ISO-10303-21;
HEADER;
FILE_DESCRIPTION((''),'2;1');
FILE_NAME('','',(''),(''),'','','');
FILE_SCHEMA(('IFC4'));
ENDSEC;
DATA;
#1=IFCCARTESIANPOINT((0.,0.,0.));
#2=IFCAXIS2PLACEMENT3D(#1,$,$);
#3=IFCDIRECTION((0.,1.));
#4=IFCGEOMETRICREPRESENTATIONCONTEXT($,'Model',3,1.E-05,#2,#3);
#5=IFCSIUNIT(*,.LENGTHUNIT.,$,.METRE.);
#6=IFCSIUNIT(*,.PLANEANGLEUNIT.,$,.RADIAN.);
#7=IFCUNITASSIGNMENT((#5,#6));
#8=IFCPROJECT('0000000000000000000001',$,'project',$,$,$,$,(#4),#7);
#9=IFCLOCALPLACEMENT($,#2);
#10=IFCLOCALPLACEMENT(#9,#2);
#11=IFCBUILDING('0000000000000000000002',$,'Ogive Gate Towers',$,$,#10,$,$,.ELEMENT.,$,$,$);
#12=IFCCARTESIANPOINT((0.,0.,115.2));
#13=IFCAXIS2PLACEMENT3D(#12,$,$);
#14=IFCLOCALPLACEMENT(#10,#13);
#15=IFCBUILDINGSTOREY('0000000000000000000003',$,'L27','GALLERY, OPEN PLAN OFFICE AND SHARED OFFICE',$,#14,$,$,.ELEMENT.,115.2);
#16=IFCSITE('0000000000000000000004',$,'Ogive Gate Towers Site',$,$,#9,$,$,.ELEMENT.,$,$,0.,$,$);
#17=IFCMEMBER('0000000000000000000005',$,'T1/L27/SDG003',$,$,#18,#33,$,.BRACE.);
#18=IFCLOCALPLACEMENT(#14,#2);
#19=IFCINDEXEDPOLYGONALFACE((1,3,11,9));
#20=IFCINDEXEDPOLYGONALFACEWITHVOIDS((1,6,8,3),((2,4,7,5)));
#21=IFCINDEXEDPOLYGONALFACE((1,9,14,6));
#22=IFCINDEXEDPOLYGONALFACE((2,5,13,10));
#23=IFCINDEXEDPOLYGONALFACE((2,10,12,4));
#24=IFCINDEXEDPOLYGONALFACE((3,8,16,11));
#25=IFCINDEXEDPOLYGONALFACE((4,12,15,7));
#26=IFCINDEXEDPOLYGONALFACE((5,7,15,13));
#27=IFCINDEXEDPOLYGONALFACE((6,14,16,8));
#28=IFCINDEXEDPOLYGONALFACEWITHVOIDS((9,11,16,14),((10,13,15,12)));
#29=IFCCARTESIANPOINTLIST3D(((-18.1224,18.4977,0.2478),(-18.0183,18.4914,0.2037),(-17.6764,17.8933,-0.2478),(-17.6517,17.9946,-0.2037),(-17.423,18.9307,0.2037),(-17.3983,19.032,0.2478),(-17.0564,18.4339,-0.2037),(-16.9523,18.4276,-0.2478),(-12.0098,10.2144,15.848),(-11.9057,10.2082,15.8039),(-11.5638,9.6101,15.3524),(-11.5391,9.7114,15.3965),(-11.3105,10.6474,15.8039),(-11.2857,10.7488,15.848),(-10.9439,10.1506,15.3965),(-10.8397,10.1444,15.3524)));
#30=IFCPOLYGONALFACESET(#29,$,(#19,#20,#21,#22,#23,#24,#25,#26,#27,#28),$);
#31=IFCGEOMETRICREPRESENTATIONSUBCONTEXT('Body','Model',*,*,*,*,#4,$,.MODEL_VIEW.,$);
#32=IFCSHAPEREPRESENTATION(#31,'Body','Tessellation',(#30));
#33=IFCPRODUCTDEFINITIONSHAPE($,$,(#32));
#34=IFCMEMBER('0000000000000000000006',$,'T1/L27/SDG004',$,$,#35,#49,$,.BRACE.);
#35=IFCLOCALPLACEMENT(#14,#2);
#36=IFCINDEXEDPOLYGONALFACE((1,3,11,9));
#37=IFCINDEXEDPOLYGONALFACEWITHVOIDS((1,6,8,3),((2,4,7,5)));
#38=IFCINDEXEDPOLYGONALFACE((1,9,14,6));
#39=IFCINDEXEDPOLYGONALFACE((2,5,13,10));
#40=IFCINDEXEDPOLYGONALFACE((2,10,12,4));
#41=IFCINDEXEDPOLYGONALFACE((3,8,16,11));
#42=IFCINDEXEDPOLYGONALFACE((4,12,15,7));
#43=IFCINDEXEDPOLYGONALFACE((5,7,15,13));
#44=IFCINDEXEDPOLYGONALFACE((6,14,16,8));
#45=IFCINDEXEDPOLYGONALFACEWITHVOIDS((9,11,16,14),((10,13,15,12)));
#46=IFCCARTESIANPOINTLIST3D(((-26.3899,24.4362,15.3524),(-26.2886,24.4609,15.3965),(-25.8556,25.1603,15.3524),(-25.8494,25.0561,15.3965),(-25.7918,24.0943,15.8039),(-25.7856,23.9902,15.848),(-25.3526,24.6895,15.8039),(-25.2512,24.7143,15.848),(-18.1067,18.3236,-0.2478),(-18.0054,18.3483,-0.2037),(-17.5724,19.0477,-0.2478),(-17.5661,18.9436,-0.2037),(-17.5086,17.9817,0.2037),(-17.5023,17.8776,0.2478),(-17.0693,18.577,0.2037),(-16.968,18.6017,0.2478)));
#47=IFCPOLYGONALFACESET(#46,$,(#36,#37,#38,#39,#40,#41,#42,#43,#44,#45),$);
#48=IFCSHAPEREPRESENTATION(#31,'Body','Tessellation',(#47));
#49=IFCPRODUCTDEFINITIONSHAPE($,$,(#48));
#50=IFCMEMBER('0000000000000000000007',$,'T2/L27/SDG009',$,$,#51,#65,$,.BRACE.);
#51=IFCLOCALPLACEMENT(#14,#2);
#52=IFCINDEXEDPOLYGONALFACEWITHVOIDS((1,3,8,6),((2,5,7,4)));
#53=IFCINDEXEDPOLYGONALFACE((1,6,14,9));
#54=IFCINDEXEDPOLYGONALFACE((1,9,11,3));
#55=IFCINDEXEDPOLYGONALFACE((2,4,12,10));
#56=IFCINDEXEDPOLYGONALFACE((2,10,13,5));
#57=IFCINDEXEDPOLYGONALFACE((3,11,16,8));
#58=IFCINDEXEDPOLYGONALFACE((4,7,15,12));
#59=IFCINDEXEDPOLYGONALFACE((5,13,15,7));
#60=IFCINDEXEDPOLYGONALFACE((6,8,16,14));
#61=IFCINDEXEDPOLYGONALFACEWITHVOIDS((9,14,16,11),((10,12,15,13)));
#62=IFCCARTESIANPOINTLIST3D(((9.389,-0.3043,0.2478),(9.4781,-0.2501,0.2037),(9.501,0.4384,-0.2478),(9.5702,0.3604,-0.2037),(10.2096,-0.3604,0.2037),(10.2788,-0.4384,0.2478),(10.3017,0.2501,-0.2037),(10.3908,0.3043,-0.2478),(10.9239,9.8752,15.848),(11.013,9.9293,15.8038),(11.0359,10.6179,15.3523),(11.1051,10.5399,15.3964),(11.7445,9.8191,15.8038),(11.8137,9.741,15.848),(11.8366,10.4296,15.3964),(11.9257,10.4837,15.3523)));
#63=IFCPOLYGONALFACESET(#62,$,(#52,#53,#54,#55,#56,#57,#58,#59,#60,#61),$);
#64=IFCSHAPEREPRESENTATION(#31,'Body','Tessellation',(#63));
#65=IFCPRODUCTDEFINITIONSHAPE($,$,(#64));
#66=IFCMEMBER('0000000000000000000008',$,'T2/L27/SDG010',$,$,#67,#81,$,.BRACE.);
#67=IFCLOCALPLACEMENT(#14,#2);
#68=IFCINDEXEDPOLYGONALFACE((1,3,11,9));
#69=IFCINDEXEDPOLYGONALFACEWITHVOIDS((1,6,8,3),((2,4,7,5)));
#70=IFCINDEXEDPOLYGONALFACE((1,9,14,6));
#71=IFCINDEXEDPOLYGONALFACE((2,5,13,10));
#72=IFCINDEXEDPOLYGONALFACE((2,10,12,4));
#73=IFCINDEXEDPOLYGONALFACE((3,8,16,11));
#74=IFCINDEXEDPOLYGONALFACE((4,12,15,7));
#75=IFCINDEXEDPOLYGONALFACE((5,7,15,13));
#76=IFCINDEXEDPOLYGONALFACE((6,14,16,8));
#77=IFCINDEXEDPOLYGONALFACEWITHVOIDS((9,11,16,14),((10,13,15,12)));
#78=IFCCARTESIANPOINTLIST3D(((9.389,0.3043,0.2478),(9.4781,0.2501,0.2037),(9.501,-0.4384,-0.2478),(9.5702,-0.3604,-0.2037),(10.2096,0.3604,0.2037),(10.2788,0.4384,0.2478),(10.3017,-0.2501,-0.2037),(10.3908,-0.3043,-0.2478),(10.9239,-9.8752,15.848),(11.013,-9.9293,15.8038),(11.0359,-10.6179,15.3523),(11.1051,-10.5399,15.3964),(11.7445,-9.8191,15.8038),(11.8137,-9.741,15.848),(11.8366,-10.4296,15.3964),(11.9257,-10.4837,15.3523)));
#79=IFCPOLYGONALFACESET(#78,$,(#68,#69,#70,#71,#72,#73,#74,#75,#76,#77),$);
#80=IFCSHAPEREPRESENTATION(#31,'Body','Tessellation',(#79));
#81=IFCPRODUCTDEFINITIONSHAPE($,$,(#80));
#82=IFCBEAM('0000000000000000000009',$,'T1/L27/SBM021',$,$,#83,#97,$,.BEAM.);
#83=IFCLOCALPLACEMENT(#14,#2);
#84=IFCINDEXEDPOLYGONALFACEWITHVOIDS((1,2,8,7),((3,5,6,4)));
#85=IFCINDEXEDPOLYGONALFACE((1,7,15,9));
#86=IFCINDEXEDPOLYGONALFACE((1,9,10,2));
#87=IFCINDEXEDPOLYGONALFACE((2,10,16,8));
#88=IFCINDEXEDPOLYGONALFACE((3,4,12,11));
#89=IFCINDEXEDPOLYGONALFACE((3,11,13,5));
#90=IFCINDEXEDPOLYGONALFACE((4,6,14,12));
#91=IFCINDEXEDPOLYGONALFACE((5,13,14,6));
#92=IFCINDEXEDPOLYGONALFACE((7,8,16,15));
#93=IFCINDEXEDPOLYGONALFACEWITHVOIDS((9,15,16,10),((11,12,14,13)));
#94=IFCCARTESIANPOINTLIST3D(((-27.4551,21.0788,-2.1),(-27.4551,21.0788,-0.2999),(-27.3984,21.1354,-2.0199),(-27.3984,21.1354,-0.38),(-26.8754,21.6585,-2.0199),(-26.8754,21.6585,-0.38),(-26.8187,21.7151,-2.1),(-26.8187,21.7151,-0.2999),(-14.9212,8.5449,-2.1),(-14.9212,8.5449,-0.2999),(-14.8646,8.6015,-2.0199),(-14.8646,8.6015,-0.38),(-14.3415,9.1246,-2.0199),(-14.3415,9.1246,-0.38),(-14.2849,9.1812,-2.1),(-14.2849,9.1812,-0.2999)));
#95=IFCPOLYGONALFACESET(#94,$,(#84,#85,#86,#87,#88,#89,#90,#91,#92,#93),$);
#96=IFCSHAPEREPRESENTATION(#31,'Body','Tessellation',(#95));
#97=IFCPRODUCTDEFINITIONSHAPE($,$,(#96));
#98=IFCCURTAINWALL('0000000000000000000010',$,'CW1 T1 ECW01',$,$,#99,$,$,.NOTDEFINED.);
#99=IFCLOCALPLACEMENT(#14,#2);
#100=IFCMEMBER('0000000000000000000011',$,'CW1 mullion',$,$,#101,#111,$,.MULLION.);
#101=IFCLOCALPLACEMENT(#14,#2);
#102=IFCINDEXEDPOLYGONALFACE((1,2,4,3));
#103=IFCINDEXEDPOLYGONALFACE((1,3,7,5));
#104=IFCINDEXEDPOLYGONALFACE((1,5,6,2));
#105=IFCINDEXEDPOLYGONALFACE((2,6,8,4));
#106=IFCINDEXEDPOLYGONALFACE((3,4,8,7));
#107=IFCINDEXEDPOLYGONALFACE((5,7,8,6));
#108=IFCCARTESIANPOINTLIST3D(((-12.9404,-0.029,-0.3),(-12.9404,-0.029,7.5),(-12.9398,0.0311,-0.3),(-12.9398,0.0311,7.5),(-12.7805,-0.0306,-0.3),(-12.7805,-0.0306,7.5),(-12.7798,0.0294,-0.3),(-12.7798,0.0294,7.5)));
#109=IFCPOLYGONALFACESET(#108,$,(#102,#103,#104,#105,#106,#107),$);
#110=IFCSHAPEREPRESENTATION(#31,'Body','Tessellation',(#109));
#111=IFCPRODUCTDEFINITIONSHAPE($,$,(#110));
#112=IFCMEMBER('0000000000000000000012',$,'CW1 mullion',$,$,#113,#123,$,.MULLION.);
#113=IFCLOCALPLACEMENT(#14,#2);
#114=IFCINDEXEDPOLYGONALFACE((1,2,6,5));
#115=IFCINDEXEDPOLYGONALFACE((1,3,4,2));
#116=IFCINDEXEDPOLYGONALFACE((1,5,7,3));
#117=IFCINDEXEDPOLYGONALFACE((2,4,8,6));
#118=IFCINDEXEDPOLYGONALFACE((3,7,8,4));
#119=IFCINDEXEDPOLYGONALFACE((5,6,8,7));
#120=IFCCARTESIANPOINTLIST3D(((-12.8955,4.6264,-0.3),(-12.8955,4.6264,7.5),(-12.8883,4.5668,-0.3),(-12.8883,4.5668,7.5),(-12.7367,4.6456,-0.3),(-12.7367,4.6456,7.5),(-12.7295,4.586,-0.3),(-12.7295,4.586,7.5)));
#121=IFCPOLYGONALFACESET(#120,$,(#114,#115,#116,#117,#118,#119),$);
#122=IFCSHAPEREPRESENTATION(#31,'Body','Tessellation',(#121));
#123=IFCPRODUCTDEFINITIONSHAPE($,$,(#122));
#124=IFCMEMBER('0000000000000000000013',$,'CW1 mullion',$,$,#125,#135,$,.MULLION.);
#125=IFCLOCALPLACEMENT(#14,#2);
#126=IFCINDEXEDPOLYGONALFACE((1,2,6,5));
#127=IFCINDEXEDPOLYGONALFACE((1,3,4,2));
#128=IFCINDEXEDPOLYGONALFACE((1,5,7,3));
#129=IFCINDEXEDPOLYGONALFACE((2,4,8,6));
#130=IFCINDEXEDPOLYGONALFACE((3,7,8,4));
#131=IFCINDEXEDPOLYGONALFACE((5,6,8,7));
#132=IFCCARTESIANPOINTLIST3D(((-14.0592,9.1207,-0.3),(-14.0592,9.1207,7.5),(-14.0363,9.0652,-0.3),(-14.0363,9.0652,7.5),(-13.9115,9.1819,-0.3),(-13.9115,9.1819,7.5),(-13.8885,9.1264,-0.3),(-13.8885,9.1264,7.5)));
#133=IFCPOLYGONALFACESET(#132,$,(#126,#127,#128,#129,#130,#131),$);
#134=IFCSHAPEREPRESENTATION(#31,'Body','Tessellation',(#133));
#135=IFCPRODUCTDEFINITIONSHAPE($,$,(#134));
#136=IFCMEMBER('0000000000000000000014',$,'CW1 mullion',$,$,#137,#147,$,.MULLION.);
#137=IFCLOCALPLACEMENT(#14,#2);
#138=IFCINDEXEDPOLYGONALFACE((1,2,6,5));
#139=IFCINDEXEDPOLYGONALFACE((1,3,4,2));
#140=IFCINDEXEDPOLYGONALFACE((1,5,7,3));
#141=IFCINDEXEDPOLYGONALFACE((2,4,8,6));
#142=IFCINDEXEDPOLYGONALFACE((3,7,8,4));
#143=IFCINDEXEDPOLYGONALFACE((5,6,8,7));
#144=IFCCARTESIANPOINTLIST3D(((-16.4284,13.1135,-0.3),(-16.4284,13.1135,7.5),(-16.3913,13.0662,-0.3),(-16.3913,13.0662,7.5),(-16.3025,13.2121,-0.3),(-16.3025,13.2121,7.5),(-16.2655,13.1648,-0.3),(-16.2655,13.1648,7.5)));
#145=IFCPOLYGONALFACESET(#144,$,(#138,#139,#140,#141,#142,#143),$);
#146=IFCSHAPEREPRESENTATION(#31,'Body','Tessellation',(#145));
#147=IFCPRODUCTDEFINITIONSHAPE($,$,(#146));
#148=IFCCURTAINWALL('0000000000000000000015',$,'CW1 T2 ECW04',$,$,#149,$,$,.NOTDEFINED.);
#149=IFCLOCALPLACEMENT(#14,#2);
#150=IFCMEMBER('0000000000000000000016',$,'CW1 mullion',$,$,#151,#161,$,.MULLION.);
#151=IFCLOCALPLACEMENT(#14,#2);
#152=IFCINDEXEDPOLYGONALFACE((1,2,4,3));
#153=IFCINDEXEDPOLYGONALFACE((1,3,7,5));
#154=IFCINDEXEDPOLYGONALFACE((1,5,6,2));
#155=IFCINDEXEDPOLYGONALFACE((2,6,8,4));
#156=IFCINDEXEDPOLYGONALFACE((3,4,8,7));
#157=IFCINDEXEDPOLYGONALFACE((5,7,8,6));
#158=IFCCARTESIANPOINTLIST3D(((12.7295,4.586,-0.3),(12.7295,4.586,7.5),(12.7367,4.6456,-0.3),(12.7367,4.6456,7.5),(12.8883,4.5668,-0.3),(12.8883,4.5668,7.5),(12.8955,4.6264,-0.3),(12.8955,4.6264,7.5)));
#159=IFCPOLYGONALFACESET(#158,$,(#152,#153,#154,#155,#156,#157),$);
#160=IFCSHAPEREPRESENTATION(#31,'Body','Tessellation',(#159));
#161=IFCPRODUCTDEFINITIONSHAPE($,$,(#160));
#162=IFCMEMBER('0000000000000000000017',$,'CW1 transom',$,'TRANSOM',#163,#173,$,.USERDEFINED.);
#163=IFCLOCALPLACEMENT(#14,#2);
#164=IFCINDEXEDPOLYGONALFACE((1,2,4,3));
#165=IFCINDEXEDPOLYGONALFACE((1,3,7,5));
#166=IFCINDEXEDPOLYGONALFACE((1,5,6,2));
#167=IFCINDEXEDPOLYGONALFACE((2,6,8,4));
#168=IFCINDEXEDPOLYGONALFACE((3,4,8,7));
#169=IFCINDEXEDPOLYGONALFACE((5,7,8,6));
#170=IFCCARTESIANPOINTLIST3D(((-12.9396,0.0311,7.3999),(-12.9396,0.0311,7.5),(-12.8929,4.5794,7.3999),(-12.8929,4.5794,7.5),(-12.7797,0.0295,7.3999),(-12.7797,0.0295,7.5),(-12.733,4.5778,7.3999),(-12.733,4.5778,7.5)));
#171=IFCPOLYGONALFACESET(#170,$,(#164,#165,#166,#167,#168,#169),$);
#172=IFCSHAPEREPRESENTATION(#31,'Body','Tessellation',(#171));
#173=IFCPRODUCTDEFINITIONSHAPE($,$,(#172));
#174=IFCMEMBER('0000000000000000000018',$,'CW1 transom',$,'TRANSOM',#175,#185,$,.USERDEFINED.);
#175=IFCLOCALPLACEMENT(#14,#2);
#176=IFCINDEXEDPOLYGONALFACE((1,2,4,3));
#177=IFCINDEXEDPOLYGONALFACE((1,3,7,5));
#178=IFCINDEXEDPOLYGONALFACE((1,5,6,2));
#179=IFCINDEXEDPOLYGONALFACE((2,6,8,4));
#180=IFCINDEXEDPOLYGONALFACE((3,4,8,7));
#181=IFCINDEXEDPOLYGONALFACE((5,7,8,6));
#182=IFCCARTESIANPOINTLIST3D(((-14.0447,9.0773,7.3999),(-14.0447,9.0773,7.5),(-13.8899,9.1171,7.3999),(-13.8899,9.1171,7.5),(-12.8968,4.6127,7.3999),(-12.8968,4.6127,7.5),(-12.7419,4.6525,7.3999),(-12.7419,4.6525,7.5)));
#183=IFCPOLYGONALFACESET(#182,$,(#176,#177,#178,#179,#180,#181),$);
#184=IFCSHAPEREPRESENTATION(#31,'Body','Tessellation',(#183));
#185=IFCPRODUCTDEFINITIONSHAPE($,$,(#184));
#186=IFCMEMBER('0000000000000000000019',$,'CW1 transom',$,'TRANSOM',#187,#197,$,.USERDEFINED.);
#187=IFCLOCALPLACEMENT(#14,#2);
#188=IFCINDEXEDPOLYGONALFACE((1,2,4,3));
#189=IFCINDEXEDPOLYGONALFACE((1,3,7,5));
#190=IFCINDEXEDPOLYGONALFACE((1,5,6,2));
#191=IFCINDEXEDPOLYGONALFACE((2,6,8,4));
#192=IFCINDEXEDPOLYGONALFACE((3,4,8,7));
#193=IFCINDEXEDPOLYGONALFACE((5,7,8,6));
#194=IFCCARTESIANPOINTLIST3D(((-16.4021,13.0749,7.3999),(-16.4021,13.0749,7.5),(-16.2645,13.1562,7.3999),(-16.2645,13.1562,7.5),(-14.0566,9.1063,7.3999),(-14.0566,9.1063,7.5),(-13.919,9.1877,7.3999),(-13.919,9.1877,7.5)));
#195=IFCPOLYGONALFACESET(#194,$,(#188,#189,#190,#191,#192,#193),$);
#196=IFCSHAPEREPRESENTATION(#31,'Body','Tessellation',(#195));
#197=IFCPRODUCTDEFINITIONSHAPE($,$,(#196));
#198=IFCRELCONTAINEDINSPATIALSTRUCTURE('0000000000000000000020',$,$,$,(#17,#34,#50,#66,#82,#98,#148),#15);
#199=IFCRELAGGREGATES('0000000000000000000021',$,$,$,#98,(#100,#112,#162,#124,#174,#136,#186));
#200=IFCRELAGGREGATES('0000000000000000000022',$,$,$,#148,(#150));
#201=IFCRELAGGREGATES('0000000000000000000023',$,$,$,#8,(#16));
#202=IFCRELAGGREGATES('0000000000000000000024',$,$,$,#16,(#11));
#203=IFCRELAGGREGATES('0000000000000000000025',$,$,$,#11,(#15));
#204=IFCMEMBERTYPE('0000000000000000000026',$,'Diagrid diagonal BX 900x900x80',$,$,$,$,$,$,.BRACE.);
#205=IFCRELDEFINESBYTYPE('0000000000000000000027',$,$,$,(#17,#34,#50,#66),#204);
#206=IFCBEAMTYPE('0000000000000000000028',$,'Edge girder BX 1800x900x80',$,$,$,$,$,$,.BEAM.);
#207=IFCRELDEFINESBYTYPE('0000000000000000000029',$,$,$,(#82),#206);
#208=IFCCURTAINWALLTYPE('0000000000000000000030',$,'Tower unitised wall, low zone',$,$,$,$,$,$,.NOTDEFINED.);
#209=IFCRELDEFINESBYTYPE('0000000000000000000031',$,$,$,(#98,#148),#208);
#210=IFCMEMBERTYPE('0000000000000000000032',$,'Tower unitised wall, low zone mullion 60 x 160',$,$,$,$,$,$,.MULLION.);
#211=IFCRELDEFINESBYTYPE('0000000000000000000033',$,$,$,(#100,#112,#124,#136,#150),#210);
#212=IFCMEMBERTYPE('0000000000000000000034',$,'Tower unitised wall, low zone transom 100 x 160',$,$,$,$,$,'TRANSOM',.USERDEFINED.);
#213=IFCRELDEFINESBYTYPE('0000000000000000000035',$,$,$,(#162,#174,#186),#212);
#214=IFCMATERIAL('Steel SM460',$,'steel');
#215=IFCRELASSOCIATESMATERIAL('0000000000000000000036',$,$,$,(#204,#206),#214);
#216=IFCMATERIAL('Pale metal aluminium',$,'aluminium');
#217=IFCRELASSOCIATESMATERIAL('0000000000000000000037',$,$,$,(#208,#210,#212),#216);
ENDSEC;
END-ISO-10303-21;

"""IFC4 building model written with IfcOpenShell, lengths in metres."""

from ifc_helpers import new_model, si_unit, direction, frame, origin, origin_2d, place, context, subcontext, project, spatial, rectangle, hollow_rectangle, extrude, material, material_profile, profile_set, type_object, element, aggregate, save


model = new_model("IFC4")

# Units and contexts
model_context = context("Model", 3, precision=1e-05, world=origin(), true_north=direction((0.0, 1.0)))
body_context = subcontext(model_context, "Body", "Model", "MODEL_VIEW")
ifc_project = project(units=[si_unit("LENGTHUNIT", "METRE"), si_unit("PLANEANGLEUNIT", "RADIAN")], contexts=[model_context])

# Site, building, storey
site_placement = place(None, origin())
site = spatial("IfcSite", under=ifc_project, at=site_placement, Name="Ogive Gate Towers Site", CompositionType="ELEMENT", RefElevation=0.0)
building_placement = place(site_placement, origin())
building = spatial("IfcBuilding", under=site, at=building_placement, Name="Ogive Gate Towers", CompositionType="ELEMENT")
storey_placement = place(building_placement, frame((0.0, 0.0, 115.2)))
storey = spatial("IfcBuildingStorey", under=building, at=storey_placement, Name="L27", Description="GALLERY, OPEN PLAN OFFICE AND SHARED OFFICE", CompositionType="ELEMENT", Elevation=115.2)

# Members
ifc_material_1 = material(Name="Steel SM460", Category="steel")
ifc_material_profile_1 = material_profile(ifc_material_1, hollow_rectangle(XDim=0.8999, YDim=0.8999, WallThickness=0.0801, at=origin_2d()), Name="BX 900x900x80")
ifc_profile_set_1 = profile_set([ifc_material_profile_1], Name="Steel SM460")
member_type_1 = type_object("IfcMemberType", Name="Diagrid diagonal BX 900x900x80", PredefinedType="BRACE", material=ifc_profile_set_1)
for number, where, z_axis, x_axis, name in (
    (1, (-17.5374, 18.4626, 0.0), (0.327039, -0.443175, 0.83465), (0.804632, 0.593774, 0.0), "T1/L27/SDG003"),
    (2, (-17.5374, 18.4626, 0.0), (-0.443175, 0.327039, 0.83465), (-0.593774, -0.804632, 0.0), "T1/L27/SDG004"),
    (3, (9.8899, 0.0, 0.0), (0.082122, 0.544628, 0.834648), (-0.988822, 0.1491, 0.0), "T2/L27/SDG009"),
    (4, (9.8899, 0.0, 0.0), (0.082122, -0.544628, 0.834648), (0.988822, 0.1491, 0.0), "T2/L27/SDG010"),
):
    element("IfcMember", number, at=place(storey_placement, frame(where, z_axis=z_axis, x_axis=x_axis)), inside=storey, type_object=member_type_1, Name=name, PredefinedType="BRACE", context=body_context, shape_type="SweptSolid", body=[
        extrude(hollow_rectangle(XDim=0.8999, YDim=0.8999, WallThickness=0.0801, at=origin_2d()), origin(), (0.0, 0.0, 1.0), 18.6907),
    ])

# Beam
ifc_material_profile_2 = material_profile(ifc_material_1, hollow_rectangle(XDim=0.8999, YDim=1.8, WallThickness=0.0801, at=origin_2d()), Name="BX 1800x900x80")
ifc_profile_set_2 = profile_set([ifc_material_profile_2], Name="Steel SM460")
beam_type = type_object("IfcBeamType", Name="Edge girder BX 1800x900x80", PredefinedType="BEAM", material=ifc_profile_set_2)
beam_placement = place(storey_placement, frame((-14.603, 8.863, -1.2), z_axis=(-0.707107, 0.707107, 0.0), x_axis=(-0.707107, -0.707107, 0.0)))
element("IfcBeam", 5, at=beam_placement, inside=storey, type_object=beam_type, Name="T1/L27/SBM021", PredefinedType="BEAM", context=body_context, shape_type="SweptSolid", body=[
    extrude(hollow_rectangle(XDim=0.8999, YDim=1.8, WallThickness=0.0801, at=origin_2d()), origin(), (0.0, 0.0, 1.0), 17.7256),
])

# Curtain wall, members
ifc_material_2 = material(Name="Pale metal aluminium", Category="aluminium")
curtain_wall_type = type_object("IfcCurtainWallType", Name="Tower unitised wall, low zone", PredefinedType="NOTDEFINED", material=ifc_material_2)
curtain_wall_1_placement = place(storey_placement, origin())
curtain_wall_1 = element("IfcCurtainWall", 6, at=curtain_wall_1_placement, inside=storey, type_object=curtain_wall_type, Name="CW1 T1 ECW01", PredefinedType="NOTDEFINED")
ifc_material_profile_3 = material_profile(ifc_material_2, rectangle(XDim=0.1599, YDim=0.0601, at=origin_2d()), Name="60 x 160 aluminium box")
ifc_profile_set_3 = profile_set([ifc_material_profile_3], Name="Pale metal aluminium")
member_type_2 = type_object("IfcMemberType", Name="Tower unitised wall, low zone mullion 60 x 160", PredefinedType="MULLION", material=ifc_profile_set_3)
member_1_placement = place(storey_placement, frame((-12.8601, 0.0002, -0.3), z_axis=(0.0, 0.0, 1.0), x_axis=(0.999947, -0.01028, 0.0)))
member_1 = element("IfcMember", 7, at=member_1_placement, type_object=member_type_2, Name="CW1 mullion", PredefinedType="MULLION", context=body_context, shape_type="SweptSolid", body=[
    extrude(rectangle(XDim=0.1599, YDim=0.0601, at=origin_2d()), origin(), (0.0, 0.0, 1.0), 7.8),
])
member_2_placement = place(storey_placement, frame((-12.8125, 4.6062, -0.3), z_axis=(0.0, 0.0, 1.0), x_axis=(0.992728, 0.120379, 0.0)))
member_2 = element("IfcMember", 8, at=member_2_placement, type_object=member_type_2, Name="CW1 mullion", PredefinedType="MULLION", context=body_context, shape_type="SweptSolid", body=[
    extrude(rectangle(XDim=0.1599, YDim=0.0601, at=origin_2d()), origin(), (0.0, 0.0, 1.0), 7.8),
])
member_3_placement = place(storey_placement, frame((-13.9739, 9.1235, -0.3), z_axis=(0.0, 0.0, 1.0), x_axis=(0.92388, 0.382683, 0.0)))
member_3 = element("IfcMember", 9, at=member_3_placement, type_object=member_type_2, Name="CW1 mullion", PredefinedType="MULLION", context=body_context, shape_type="SweptSolid", body=[
    extrude(rectangle(XDim=0.1599, YDim=0.0601, at=origin_2d()), origin(), (0.0, 0.0, 1.0), 7.8),
])
member_4_placement = place(storey_placement, frame((-16.3469, 13.1392, -0.3), z_axis=(0.0, 0.0, 1.0), x_axis=(0.787086, 0.616844, 0.0)))
member_4 = element("IfcMember", 10, at=member_4_placement, type_object=member_type_2, Name="CW1 mullion", PredefinedType="MULLION", context=body_context, shape_type="SweptSolid", body=[
    extrude(rectangle(XDim=0.1599, YDim=0.0601, at=origin_2d()), origin(), (0.0, 0.0, 1.0), 7.8),
])

# Curtain wall, member
curtain_wall_2_placement = place(storey_placement, origin())
curtain_wall_2 = element("IfcCurtainWall", 11, at=curtain_wall_2_placement, inside=storey, type_object=curtain_wall_type, Name="CW1 T2 ECW04", PredefinedType="NOTDEFINED")
member_5_placement = place(storey_placement, frame((12.8125, 4.6062, -0.3), z_axis=(0.0, 0.0, 1.0), x_axis=(-0.992728, 0.120379, 0.0)))
member_5 = element("IfcMember", 12, at=member_5_placement, type_object=member_type_2, Name="CW1 mullion", PredefinedType="MULLION", context=body_context, shape_type="SweptSolid", body=[
    extrude(rectangle(XDim=0.1599, YDim=0.0601, at=origin_2d()), origin(), (0.0, 0.0, 1.0), 7.8),
])

# Members
ifc_material_profile_4 = material_profile(ifc_material_2, rectangle(XDim=0.1599, YDim=0.1001, at=origin_2d()), Name="100 x 160 aluminium box")
ifc_profile_set_4 = profile_set([ifc_material_profile_4], Name="Pale metal aluminium")
member_type_3 = type_object("IfcMemberType", Name="Tower unitised wall, low zone transom 100 x 160", ElementType="TRANSOM", PredefinedType="USERDEFINED", material=ifc_profile_set_4)
member_6_placement = place(storey_placement, frame((-12.8596, 0.0303, 7.45), z_axis=(0.010252, 0.999947, 0.0), x_axis=(-0.999947, 0.010252, 0.0)))
member_6 = element("IfcMember", 13, at=member_6_placement, type_object=member_type_3, Name="CW1 transom", ObjectType="TRANSOM", PredefinedType="USERDEFINED", context=body_context, shape_type="SweptSolid", body=[
    extrude(rectangle(XDim=0.1599, YDim=0.1001, at=origin_2d()), origin(), (0.0, 0.0, 1.0), 4.5486),
])
member_7_placement = place(storey_placement, frame((-12.8193, 4.6326, 7.45), z_axis=(-0.249023, 0.968498, 0.0), x_axis=(-0.968498, -0.249023, 0.0)))
member_7 = element("IfcMember", 14, at=member_7_placement, type_object=member_type_3, Name="CW1 transom", ObjectType="TRANSOM", PredefinedType="USERDEFINED", context=body_context, shape_type="SweptSolid", body=[
    extrude(rectangle(XDim=0.1599, YDim=0.1001, at=origin_2d()), origin(), (0.0, 0.0, 1.0), 4.6099),
])
member_8_placement = place(storey_placement, frame((-13.9878, 9.147, 7.45), z_axis=(-0.508799, 0.860885, 0.0), x_axis=(-0.860885, -0.508799, 0.0)))
member_8 = element("IfcMember", 15, at=member_8_placement, type_object=member_type_3, Name="CW1 transom", ObjectType="TRANSOM", PredefinedType="USERDEFINED", context=body_context, shape_type="SweptSolid", body=[
    extrude(rectangle(XDim=0.1599, YDim=0.1001, at=origin_2d()), origin(), (0.0, 0.0, 1.0), 4.6099),
])

aggregate(curtain_wall_1, [member_1, member_2, member_6, member_3, member_7, member_4, member_8])
aggregate(curtain_wall_2, [member_5])

save(model, "model.ifc")
